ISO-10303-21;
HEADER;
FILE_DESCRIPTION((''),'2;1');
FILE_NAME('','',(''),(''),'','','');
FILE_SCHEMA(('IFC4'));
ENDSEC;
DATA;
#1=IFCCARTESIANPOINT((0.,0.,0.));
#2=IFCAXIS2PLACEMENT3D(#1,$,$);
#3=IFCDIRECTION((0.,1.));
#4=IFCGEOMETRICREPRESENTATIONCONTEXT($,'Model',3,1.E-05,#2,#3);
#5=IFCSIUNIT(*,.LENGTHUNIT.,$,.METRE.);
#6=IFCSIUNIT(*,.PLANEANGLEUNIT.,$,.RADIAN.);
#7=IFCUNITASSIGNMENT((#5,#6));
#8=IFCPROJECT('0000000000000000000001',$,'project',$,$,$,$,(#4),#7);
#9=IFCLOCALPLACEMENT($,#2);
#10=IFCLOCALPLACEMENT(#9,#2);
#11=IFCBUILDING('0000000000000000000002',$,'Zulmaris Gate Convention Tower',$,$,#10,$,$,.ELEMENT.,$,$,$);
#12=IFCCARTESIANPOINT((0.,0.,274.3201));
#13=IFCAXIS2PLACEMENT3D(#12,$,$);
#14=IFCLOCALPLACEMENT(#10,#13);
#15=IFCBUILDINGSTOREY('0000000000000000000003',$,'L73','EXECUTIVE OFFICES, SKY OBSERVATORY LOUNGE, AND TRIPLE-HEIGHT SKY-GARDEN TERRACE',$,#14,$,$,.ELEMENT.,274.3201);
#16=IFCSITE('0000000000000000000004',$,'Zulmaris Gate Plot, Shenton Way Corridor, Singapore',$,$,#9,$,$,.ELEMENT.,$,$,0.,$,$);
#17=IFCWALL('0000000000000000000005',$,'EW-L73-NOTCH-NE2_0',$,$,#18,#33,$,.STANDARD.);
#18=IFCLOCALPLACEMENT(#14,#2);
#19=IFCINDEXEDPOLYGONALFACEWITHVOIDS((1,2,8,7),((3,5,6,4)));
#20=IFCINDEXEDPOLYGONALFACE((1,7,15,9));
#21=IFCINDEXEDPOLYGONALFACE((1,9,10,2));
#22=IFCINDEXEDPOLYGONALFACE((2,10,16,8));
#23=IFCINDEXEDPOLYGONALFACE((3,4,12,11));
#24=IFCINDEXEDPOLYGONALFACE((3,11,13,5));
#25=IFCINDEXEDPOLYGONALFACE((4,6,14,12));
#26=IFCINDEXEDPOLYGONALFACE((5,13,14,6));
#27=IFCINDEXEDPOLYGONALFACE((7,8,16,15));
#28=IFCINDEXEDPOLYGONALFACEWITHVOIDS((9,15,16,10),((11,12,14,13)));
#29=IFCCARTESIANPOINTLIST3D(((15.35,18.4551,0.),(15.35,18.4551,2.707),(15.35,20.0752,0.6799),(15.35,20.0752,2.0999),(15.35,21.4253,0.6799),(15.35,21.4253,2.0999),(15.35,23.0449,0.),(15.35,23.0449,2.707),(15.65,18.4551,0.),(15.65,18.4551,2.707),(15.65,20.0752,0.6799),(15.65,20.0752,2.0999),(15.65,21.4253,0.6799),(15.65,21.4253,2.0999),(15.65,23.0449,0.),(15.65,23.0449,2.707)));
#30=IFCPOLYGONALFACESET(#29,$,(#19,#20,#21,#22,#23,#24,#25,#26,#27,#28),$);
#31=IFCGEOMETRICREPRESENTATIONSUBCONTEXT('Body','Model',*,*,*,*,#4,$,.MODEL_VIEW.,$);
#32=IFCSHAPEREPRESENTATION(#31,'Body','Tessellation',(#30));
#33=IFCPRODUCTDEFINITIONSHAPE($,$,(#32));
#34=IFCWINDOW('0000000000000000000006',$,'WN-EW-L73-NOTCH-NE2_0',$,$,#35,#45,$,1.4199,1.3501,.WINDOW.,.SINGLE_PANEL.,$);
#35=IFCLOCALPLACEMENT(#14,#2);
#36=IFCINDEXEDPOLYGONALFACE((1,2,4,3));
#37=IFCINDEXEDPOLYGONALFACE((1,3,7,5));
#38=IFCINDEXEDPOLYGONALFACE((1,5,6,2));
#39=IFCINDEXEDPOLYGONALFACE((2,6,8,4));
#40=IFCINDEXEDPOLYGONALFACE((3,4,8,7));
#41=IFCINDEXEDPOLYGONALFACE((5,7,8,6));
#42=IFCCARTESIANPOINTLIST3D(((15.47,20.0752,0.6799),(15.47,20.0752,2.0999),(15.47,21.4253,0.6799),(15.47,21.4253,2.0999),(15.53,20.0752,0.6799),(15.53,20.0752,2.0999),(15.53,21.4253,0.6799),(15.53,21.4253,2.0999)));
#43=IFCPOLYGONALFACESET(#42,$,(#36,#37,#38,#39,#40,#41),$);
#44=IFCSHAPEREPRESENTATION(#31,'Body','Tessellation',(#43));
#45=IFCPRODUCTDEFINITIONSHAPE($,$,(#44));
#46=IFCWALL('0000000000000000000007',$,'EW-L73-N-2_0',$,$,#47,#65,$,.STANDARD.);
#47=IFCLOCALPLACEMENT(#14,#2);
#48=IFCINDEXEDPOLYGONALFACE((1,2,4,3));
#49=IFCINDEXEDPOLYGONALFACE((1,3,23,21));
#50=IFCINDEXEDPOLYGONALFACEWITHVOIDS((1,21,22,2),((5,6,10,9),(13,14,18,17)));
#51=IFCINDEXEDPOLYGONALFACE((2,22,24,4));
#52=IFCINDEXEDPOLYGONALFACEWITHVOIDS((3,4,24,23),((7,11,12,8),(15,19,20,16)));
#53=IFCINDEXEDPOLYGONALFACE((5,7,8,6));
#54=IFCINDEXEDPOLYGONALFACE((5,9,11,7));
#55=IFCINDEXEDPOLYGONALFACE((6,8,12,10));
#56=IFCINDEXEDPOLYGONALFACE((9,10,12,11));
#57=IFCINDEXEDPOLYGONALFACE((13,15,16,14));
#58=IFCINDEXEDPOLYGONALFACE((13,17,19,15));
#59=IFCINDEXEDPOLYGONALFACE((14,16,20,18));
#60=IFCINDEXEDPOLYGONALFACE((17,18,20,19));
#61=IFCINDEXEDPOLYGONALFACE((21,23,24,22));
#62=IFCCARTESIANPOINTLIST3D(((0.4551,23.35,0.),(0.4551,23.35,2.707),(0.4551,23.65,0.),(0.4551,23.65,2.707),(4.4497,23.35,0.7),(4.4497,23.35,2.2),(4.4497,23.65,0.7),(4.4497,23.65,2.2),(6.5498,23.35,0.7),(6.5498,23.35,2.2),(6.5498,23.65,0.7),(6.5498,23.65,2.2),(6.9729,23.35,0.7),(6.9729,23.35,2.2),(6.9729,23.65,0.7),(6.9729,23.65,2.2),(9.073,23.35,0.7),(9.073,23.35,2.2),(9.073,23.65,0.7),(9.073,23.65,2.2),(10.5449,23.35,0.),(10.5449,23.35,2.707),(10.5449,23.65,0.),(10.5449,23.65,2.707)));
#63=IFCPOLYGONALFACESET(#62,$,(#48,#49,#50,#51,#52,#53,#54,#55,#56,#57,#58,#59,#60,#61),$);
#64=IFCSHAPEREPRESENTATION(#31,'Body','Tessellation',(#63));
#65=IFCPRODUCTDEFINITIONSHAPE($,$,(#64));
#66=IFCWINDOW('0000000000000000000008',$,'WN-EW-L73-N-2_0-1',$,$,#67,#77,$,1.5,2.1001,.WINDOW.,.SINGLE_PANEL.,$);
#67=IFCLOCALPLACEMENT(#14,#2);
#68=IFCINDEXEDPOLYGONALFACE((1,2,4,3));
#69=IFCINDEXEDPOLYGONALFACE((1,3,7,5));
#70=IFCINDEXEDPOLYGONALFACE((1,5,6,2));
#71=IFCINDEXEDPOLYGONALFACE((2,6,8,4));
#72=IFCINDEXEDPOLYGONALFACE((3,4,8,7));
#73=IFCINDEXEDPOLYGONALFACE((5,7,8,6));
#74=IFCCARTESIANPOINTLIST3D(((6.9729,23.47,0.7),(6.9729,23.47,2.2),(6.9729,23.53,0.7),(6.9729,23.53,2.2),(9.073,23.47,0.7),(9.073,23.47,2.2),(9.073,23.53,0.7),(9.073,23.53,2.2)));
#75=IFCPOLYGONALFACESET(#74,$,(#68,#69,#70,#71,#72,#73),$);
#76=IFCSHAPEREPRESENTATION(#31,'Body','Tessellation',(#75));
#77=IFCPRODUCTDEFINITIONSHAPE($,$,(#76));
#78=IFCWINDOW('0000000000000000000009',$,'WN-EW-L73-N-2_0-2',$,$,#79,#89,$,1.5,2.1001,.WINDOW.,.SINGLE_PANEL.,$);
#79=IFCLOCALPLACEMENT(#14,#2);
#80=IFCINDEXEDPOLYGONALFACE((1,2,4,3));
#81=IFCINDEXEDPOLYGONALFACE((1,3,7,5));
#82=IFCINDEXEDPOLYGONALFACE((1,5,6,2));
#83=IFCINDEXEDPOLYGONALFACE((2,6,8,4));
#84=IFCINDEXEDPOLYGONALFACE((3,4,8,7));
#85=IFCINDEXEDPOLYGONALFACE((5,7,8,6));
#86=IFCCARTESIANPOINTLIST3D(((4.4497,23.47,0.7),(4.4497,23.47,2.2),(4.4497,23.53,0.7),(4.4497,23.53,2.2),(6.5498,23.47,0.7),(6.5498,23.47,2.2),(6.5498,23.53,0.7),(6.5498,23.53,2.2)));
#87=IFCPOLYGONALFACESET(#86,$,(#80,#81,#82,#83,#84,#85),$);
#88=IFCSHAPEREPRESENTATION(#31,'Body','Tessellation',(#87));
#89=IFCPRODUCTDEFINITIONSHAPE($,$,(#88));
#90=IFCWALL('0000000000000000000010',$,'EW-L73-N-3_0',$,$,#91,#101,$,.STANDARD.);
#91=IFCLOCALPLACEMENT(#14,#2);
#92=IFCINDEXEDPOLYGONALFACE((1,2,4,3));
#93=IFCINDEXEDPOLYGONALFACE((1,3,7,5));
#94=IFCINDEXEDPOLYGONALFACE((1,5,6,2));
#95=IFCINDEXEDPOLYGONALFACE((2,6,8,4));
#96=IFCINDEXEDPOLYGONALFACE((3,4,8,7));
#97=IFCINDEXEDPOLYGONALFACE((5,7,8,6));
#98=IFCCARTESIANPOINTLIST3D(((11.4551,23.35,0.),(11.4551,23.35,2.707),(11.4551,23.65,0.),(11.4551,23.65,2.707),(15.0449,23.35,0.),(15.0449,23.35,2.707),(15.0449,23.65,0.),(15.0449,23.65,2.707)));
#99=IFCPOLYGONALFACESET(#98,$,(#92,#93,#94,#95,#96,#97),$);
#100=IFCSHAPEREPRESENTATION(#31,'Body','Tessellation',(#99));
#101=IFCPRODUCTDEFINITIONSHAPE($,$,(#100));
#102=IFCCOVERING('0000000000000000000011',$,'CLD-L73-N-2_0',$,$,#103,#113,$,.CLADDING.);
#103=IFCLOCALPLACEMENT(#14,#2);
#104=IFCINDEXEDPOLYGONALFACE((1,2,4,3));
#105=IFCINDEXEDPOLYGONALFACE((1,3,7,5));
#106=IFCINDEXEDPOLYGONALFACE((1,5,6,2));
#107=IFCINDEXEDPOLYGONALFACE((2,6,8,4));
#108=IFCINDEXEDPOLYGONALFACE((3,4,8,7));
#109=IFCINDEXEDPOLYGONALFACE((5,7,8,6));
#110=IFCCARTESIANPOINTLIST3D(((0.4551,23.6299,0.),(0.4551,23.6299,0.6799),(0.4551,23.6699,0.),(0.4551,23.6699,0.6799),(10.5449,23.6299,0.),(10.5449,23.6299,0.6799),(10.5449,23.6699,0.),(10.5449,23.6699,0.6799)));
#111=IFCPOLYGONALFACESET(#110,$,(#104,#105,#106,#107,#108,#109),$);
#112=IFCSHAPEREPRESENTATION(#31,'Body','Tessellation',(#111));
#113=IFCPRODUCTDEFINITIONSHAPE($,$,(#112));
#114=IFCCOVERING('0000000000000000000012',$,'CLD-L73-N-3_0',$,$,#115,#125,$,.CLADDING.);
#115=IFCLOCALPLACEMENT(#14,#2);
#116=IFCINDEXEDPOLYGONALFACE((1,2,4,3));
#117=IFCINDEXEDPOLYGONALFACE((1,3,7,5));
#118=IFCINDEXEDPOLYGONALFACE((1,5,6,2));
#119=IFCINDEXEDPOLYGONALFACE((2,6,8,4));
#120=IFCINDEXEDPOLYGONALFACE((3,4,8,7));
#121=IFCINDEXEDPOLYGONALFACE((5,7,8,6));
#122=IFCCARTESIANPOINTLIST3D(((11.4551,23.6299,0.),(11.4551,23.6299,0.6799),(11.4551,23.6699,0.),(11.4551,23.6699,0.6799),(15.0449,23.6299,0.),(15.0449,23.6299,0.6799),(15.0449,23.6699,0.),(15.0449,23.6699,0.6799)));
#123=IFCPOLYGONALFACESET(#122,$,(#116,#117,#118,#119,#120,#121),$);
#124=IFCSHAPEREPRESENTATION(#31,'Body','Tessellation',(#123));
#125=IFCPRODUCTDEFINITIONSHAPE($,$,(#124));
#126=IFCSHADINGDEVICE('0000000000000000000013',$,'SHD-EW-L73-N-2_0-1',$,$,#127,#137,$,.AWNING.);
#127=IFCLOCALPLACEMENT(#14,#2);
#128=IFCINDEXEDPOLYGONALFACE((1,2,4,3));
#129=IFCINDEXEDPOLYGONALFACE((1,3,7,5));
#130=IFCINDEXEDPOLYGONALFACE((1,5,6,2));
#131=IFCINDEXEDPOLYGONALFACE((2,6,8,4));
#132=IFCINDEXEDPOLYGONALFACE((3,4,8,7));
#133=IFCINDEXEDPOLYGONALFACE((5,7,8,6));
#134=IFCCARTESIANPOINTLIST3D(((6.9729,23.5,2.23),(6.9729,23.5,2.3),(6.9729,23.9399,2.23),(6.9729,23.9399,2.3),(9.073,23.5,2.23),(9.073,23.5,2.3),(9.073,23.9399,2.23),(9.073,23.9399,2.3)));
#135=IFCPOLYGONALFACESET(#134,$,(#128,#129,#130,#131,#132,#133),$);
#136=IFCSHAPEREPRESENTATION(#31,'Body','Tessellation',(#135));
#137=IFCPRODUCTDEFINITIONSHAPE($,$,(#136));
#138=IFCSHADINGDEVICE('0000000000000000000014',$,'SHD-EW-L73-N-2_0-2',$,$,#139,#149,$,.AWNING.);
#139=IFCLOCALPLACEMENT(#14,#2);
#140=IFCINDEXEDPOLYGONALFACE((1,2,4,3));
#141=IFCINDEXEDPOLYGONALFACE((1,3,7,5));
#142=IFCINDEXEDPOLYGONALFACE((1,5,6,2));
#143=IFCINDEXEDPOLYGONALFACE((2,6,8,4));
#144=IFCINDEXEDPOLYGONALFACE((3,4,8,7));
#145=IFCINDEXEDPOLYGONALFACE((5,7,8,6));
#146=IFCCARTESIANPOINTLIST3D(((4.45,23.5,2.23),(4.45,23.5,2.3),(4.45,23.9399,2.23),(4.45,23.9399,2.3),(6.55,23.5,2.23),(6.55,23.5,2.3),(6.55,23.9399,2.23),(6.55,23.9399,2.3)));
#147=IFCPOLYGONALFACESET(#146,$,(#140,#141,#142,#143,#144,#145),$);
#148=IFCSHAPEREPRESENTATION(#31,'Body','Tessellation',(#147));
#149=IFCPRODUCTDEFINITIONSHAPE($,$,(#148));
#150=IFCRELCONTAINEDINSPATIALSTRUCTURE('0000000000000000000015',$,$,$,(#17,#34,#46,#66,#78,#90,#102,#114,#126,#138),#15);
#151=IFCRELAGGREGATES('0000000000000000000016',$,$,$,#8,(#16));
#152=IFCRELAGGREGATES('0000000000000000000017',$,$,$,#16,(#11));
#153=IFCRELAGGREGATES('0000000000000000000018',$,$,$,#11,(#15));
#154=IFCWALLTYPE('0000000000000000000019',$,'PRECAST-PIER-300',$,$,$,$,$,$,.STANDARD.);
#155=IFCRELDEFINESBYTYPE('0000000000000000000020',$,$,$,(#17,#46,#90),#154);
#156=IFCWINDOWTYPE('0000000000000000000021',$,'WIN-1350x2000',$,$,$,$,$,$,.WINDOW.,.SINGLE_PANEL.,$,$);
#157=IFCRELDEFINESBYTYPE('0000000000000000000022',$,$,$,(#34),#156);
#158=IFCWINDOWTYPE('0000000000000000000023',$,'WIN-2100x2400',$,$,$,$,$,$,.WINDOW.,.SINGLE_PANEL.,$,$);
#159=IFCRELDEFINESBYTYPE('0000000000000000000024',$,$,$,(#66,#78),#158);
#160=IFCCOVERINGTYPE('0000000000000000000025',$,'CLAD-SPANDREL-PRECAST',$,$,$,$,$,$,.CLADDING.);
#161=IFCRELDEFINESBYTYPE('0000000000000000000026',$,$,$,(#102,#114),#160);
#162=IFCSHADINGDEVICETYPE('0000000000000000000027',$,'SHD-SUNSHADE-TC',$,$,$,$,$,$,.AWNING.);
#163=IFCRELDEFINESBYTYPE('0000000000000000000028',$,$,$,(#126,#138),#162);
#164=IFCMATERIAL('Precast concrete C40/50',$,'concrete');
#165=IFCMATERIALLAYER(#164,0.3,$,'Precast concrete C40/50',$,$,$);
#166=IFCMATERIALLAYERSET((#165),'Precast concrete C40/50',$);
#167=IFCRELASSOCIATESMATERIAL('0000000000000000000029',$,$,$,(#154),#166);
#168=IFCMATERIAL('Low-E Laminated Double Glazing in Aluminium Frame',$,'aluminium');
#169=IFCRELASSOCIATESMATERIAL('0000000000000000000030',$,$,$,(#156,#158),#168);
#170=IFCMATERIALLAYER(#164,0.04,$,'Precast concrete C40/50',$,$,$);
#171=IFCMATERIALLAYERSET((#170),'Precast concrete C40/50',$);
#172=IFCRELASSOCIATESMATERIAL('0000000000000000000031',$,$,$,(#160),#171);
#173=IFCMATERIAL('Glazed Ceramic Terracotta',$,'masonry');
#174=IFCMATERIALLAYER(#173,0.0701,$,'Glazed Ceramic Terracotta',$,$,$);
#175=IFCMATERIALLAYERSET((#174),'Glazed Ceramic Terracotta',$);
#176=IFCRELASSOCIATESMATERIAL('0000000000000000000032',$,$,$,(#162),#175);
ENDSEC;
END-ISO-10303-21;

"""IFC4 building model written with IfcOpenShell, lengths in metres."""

from ifc_helpers import new_model, si_unit, direction, frame, frame_2d, origin, place, context, subcontext, project, spatial, rectangle, extrude, material, layer, layer_set, type_object, element, fill, save


model = new_model("IFC4")

# Units and contexts
model_context = context("Model", 3, precision=1e-05, world=origin(), true_north=direction((0.0, 1.0)))
body_context = subcontext(model_context, "Body", "Model", "MODEL_VIEW")
ifc_project = project(units=[si_unit("LENGTHUNIT", "METRE"), si_unit("PLANEANGLEUNIT", "RADIAN")], contexts=[model_context])

# Site, building, storey
site_placement = place(None, origin())
site = spatial("IfcSite", under=ifc_project, at=site_placement, Name="Zulmaris Gate Plot, Shenton Way Corridor, Singapore", CompositionType="ELEMENT", RefElevation=0.0)
building_placement = place(site_placement, origin())
building = spatial("IfcBuilding", under=site, at=building_placement, Name="Zulmaris Gate Convention Tower", CompositionType="ELEMENT")
storey_placement = place(building_placement, frame((0.0, 0.0, 274.3201)))
storey = spatial("IfcBuildingStorey", under=building, at=storey_placement, Name="L73", Description="EXECUTIVE OFFICES, SKY OBSERVATORY LOUNGE, AND TRIPLE-HEIGHT SKY-GARDEN TERRACE", CompositionType="ELEMENT", Elevation=274.3201)

# Wall, opening, window
ifc_material_1 = material(Name="Precast concrete C40/50", Category="concrete")
ifc_layer_1 = layer(ifc_material_1, 0.3, Name="Precast concrete C40/50")
ifc_layer_set_1 = layer_set([ifc_layer_1], Name="Precast concrete C40/50")
wall_type_1 = type_object("IfcWallType", Name="PRECAST-PIER-300", PredefinedType="STANDARD", material=ifc_layer_set_1)
wall_1_placement = place(storey_placement, frame((15.5, 18.4551, 0.0), z_axis=(0.0, 0.0, 1.0), x_axis=(0.0, 1.0, 0.0)))
wall_1 = element("IfcWall", 1, at=wall_1_placement, inside=storey, type_object=wall_type_1, Name="EW-L73-NOTCH-NE2_0", PredefinedType="STANDARD", context=body_context, shape_type="SweptSolid", body=[
    extrude(rectangle(XDim=4.5898, YDim=0.3, at=frame_2d((2.2949, 0.0))), origin(), (0.0, 0.0, 1.0), 2.707),
])
opening_1_placement = place(wall_1_placement, frame((1.6201, 0.0, 0.6799)))
opening_1 = element("IfcOpeningElement", 2, at=opening_1_placement, cuts=wall_1, PredefinedType="OPENING", context=body_context, shape_type="SweptSolid", body=[
    extrude(rectangle(XDim=1.3501, YDim=1.4199, at=frame_2d((0.675, 0.71))), frame((0.0, 0.1602, 0.0), z_axis=(0.0, -1.0, 0.0), x_axis=(1.0, 0.0, 0.0)), (0.0, 0.0, 1.0), 0.3201),
])
ifc_material_2 = material(Name="Low-E Laminated Double Glazing in Aluminium Frame", Category="aluminium")
window_type_1 = type_object("IfcWindowType", Name="WIN-1350x2000", PartitioningType="SINGLE_PANEL", PredefinedType="WINDOW", material=ifc_material_2)
window_1_placement = place(opening_1_placement, origin())
window_1 = element("IfcWindow", 3, at=window_1_placement, inside=storey, type_object=window_type_1, Name="WN-EW-L73-NOTCH-NE2_0", OverallHeight=1.4199, OverallWidth=1.3501, PartitioningType="SINGLE_PANEL", PredefinedType="WINDOW", context=body_context, shape_type="SweptSolid", body=[
    extrude(rectangle(XDim=1.3501, YDim=1.4199, at=frame_2d((0.675, 0.71))), frame((0.0, 0.03, 0.0), z_axis=(0.0, -1.0, 0.0), x_axis=(1.0, 0.0, 0.0)), (0.0, 0.0, 1.0), 0.0601),
])
fill(opening_1, window_1)

# Wall, openings, windows
wall_2_placement = place(storey_placement, frame((10.5449, 23.5, 0.0), z_axis=(0.0, 0.0, 1.0), x_axis=(-1.0, 0.0, 0.0)))
wall_2 = element("IfcWall", 4, at=wall_2_placement, inside=storey, type_object=wall_type_1, Name="EW-L73-N-2_0", PredefinedType="STANDARD", context=body_context, shape_type="SweptSolid", body=[
    extrude(rectangle(XDim=10.0898, YDim=0.3, at=frame_2d((5.0449, 0.0))), origin(), (0.0, 0.0, 1.0), 2.707),
])
opening_2_placement = place(wall_2_placement, frame((1.4719, 0.0, 0.7)))
opening_2 = element("IfcOpeningElement", 5, at=opening_2_placement, cuts=wall_2, PredefinedType="OPENING", context=body_context, shape_type="SweptSolid", body=[
    extrude(rectangle(XDim=2.1001, YDim=1.5, at=frame_2d((1.05, 0.75))), frame((0.0, 0.1602, 0.0), z_axis=(0.0, -1.0, 0.0), x_axis=(1.0, 0.0, 0.0)), (0.0, 0.0, 1.0), 0.3201),
])
opening_3_placement = place(wall_2_placement, frame((3.9951, 0.0, 0.7)))
opening_3 = element("IfcOpeningElement", 6, at=opening_3_placement, cuts=wall_2, PredefinedType="OPENING", context=body_context, shape_type="SweptSolid", body=[
    extrude(rectangle(XDim=2.1001, YDim=1.5, at=frame_2d((1.05, 0.75))), frame((0.0, 0.1602, 0.0), z_axis=(0.0, -1.0, 0.0), x_axis=(1.0, 0.0, 0.0)), (0.0, 0.0, 1.0), 0.3201),
])
window_type_2 = type_object("IfcWindowType", Name="WIN-2100x2400", PartitioningType="SINGLE_PANEL", PredefinedType="WINDOW", material=ifc_material_2)
window_2_placement = place(opening_2_placement, origin())
window_2 = element("IfcWindow", 7, at=window_2_placement, inside=storey, type_object=window_type_2, Name="WN-EW-L73-N-2_0-1", OverallHeight=1.5, OverallWidth=2.1001, PartitioningType="SINGLE_PANEL", PredefinedType="WINDOW", context=body_context, shape_type="SweptSolid", body=[
    extrude(rectangle(XDim=2.1001, YDim=1.5, at=frame_2d((1.05, 0.75))), frame((0.0, 0.03, 0.0), z_axis=(0.0, -1.0, 0.0), x_axis=(1.0, 0.0, 0.0)), (0.0, 0.0, 1.0), 0.0601),
])
fill(opening_2, window_2)
window_3_placement = place(opening_3_placement, origin())
window_3 = element("IfcWindow", 8, at=window_3_placement, inside=storey, type_object=window_type_2, Name="WN-EW-L73-N-2_0-2", OverallHeight=1.5, OverallWidth=2.1001, PartitioningType="SINGLE_PANEL", PredefinedType="WINDOW", context=body_context, shape_type="SweptSolid", body=[
    extrude(rectangle(XDim=2.1001, YDim=1.5, at=frame_2d((1.05, 0.75))), frame((0.0, 0.03, 0.0), z_axis=(0.0, -1.0, 0.0), x_axis=(1.0, 0.0, 0.0)), (0.0, 0.0, 1.0), 0.0601),
])
fill(opening_3, window_3)

# Wall
wall_3_placement = place(storey_placement, frame((15.0449, 23.5, 0.0), z_axis=(0.0, 0.0, 1.0), x_axis=(-1.0, 0.0, 0.0)))
element("IfcWall", 9, at=wall_3_placement, inside=storey, type_object=wall_type_1, Name="EW-L73-N-3_0", PredefinedType="STANDARD", context=body_context, shape_type="SweptSolid", body=[
    extrude(rectangle(XDim=3.5898, YDim=0.3, at=frame_2d((1.7949, 0.0))), origin(), (0.0, 0.0, 1.0), 2.707),
])

# Coverings
ifc_layer_2 = layer(ifc_material_1, 0.04, Name="Precast concrete C40/50")
ifc_layer_set_2 = layer_set([ifc_layer_2], Name="Precast concrete C40/50")
covering_type = type_object("IfcCoveringType", Name="CLAD-SPANDREL-PRECAST", PredefinedType="CLADDING", material=ifc_layer_set_2)
covering_1_placement = place(storey_placement, frame((10.5449, 23.6499, 0.0), z_axis=(0.0, 0.0, 1.0), x_axis=(-1.0, 0.0, 0.0)))
element("IfcCovering", 10, at=covering_1_placement, inside=storey, type_object=covering_type, Name="CLD-L73-N-2_0", PredefinedType="CLADDING", context=body_context, shape_type="SweptSolid", body=[
    extrude(rectangle(XDim=10.0898, YDim=0.04, at=frame_2d((5.0449, 0.0))), origin(), (0.0, 0.0, 1.0), 0.6799),
])
covering_2_placement = place(storey_placement, frame((15.0449, 23.6499, 0.0), z_axis=(0.0, 0.0, 1.0), x_axis=(-1.0, 0.0, 0.0)))
element("IfcCovering", 11, at=covering_2_placement, inside=storey, type_object=covering_type, Name="CLD-L73-N-3_0", PredefinedType="CLADDING", context=body_context, shape_type="SweptSolid", body=[
    extrude(rectangle(XDim=3.5898, YDim=0.04, at=frame_2d((1.7949, 0.0))), origin(), (0.0, 0.0, 1.0), 0.6799),
])

# Shading devices
ifc_material_3 = material(Name="Glazed Ceramic Terracotta", Category="masonry")
ifc_layer_3 = layer(ifc_material_3, 0.0701, Name="Glazed Ceramic Terracotta")
ifc_layer_set_3 = layer_set([ifc_layer_3], Name="Glazed Ceramic Terracotta")
shading_device_type = type_object("IfcShadingDeviceType", Name="SHD-SUNSHADE-TC", PredefinedType="AWNING", material=ifc_layer_set_3)
for number, where, z_axis, x_axis, name in (
    (12, (9.073, 23.72, 2.23), (0.0, 0.0, 1.0), (-1.0, 0.0, 0.0), "SHD-EW-L73-N-2_0-1"),
    (13, (6.55, 23.72, 2.23), (0.0, 0.0, 1.0), (-1.0, 0.0, 0.0), "SHD-EW-L73-N-2_0-2"),
):
    element("IfcShadingDevice", number, at=place(storey_placement, frame(where, z_axis=z_axis, x_axis=x_axis)), inside=storey, type_object=shading_device_type, Name=name, PredefinedType="AWNING", context=body_context, shape_type="SweptSolid", body=[
        extrude(rectangle(XDim=2.1001, YDim=0.4399, at=frame_2d((1.05, 0.0))), origin(), (0.0, 0.0, 1.0), 0.0701),
    ])

save(model, "model.ifc")
